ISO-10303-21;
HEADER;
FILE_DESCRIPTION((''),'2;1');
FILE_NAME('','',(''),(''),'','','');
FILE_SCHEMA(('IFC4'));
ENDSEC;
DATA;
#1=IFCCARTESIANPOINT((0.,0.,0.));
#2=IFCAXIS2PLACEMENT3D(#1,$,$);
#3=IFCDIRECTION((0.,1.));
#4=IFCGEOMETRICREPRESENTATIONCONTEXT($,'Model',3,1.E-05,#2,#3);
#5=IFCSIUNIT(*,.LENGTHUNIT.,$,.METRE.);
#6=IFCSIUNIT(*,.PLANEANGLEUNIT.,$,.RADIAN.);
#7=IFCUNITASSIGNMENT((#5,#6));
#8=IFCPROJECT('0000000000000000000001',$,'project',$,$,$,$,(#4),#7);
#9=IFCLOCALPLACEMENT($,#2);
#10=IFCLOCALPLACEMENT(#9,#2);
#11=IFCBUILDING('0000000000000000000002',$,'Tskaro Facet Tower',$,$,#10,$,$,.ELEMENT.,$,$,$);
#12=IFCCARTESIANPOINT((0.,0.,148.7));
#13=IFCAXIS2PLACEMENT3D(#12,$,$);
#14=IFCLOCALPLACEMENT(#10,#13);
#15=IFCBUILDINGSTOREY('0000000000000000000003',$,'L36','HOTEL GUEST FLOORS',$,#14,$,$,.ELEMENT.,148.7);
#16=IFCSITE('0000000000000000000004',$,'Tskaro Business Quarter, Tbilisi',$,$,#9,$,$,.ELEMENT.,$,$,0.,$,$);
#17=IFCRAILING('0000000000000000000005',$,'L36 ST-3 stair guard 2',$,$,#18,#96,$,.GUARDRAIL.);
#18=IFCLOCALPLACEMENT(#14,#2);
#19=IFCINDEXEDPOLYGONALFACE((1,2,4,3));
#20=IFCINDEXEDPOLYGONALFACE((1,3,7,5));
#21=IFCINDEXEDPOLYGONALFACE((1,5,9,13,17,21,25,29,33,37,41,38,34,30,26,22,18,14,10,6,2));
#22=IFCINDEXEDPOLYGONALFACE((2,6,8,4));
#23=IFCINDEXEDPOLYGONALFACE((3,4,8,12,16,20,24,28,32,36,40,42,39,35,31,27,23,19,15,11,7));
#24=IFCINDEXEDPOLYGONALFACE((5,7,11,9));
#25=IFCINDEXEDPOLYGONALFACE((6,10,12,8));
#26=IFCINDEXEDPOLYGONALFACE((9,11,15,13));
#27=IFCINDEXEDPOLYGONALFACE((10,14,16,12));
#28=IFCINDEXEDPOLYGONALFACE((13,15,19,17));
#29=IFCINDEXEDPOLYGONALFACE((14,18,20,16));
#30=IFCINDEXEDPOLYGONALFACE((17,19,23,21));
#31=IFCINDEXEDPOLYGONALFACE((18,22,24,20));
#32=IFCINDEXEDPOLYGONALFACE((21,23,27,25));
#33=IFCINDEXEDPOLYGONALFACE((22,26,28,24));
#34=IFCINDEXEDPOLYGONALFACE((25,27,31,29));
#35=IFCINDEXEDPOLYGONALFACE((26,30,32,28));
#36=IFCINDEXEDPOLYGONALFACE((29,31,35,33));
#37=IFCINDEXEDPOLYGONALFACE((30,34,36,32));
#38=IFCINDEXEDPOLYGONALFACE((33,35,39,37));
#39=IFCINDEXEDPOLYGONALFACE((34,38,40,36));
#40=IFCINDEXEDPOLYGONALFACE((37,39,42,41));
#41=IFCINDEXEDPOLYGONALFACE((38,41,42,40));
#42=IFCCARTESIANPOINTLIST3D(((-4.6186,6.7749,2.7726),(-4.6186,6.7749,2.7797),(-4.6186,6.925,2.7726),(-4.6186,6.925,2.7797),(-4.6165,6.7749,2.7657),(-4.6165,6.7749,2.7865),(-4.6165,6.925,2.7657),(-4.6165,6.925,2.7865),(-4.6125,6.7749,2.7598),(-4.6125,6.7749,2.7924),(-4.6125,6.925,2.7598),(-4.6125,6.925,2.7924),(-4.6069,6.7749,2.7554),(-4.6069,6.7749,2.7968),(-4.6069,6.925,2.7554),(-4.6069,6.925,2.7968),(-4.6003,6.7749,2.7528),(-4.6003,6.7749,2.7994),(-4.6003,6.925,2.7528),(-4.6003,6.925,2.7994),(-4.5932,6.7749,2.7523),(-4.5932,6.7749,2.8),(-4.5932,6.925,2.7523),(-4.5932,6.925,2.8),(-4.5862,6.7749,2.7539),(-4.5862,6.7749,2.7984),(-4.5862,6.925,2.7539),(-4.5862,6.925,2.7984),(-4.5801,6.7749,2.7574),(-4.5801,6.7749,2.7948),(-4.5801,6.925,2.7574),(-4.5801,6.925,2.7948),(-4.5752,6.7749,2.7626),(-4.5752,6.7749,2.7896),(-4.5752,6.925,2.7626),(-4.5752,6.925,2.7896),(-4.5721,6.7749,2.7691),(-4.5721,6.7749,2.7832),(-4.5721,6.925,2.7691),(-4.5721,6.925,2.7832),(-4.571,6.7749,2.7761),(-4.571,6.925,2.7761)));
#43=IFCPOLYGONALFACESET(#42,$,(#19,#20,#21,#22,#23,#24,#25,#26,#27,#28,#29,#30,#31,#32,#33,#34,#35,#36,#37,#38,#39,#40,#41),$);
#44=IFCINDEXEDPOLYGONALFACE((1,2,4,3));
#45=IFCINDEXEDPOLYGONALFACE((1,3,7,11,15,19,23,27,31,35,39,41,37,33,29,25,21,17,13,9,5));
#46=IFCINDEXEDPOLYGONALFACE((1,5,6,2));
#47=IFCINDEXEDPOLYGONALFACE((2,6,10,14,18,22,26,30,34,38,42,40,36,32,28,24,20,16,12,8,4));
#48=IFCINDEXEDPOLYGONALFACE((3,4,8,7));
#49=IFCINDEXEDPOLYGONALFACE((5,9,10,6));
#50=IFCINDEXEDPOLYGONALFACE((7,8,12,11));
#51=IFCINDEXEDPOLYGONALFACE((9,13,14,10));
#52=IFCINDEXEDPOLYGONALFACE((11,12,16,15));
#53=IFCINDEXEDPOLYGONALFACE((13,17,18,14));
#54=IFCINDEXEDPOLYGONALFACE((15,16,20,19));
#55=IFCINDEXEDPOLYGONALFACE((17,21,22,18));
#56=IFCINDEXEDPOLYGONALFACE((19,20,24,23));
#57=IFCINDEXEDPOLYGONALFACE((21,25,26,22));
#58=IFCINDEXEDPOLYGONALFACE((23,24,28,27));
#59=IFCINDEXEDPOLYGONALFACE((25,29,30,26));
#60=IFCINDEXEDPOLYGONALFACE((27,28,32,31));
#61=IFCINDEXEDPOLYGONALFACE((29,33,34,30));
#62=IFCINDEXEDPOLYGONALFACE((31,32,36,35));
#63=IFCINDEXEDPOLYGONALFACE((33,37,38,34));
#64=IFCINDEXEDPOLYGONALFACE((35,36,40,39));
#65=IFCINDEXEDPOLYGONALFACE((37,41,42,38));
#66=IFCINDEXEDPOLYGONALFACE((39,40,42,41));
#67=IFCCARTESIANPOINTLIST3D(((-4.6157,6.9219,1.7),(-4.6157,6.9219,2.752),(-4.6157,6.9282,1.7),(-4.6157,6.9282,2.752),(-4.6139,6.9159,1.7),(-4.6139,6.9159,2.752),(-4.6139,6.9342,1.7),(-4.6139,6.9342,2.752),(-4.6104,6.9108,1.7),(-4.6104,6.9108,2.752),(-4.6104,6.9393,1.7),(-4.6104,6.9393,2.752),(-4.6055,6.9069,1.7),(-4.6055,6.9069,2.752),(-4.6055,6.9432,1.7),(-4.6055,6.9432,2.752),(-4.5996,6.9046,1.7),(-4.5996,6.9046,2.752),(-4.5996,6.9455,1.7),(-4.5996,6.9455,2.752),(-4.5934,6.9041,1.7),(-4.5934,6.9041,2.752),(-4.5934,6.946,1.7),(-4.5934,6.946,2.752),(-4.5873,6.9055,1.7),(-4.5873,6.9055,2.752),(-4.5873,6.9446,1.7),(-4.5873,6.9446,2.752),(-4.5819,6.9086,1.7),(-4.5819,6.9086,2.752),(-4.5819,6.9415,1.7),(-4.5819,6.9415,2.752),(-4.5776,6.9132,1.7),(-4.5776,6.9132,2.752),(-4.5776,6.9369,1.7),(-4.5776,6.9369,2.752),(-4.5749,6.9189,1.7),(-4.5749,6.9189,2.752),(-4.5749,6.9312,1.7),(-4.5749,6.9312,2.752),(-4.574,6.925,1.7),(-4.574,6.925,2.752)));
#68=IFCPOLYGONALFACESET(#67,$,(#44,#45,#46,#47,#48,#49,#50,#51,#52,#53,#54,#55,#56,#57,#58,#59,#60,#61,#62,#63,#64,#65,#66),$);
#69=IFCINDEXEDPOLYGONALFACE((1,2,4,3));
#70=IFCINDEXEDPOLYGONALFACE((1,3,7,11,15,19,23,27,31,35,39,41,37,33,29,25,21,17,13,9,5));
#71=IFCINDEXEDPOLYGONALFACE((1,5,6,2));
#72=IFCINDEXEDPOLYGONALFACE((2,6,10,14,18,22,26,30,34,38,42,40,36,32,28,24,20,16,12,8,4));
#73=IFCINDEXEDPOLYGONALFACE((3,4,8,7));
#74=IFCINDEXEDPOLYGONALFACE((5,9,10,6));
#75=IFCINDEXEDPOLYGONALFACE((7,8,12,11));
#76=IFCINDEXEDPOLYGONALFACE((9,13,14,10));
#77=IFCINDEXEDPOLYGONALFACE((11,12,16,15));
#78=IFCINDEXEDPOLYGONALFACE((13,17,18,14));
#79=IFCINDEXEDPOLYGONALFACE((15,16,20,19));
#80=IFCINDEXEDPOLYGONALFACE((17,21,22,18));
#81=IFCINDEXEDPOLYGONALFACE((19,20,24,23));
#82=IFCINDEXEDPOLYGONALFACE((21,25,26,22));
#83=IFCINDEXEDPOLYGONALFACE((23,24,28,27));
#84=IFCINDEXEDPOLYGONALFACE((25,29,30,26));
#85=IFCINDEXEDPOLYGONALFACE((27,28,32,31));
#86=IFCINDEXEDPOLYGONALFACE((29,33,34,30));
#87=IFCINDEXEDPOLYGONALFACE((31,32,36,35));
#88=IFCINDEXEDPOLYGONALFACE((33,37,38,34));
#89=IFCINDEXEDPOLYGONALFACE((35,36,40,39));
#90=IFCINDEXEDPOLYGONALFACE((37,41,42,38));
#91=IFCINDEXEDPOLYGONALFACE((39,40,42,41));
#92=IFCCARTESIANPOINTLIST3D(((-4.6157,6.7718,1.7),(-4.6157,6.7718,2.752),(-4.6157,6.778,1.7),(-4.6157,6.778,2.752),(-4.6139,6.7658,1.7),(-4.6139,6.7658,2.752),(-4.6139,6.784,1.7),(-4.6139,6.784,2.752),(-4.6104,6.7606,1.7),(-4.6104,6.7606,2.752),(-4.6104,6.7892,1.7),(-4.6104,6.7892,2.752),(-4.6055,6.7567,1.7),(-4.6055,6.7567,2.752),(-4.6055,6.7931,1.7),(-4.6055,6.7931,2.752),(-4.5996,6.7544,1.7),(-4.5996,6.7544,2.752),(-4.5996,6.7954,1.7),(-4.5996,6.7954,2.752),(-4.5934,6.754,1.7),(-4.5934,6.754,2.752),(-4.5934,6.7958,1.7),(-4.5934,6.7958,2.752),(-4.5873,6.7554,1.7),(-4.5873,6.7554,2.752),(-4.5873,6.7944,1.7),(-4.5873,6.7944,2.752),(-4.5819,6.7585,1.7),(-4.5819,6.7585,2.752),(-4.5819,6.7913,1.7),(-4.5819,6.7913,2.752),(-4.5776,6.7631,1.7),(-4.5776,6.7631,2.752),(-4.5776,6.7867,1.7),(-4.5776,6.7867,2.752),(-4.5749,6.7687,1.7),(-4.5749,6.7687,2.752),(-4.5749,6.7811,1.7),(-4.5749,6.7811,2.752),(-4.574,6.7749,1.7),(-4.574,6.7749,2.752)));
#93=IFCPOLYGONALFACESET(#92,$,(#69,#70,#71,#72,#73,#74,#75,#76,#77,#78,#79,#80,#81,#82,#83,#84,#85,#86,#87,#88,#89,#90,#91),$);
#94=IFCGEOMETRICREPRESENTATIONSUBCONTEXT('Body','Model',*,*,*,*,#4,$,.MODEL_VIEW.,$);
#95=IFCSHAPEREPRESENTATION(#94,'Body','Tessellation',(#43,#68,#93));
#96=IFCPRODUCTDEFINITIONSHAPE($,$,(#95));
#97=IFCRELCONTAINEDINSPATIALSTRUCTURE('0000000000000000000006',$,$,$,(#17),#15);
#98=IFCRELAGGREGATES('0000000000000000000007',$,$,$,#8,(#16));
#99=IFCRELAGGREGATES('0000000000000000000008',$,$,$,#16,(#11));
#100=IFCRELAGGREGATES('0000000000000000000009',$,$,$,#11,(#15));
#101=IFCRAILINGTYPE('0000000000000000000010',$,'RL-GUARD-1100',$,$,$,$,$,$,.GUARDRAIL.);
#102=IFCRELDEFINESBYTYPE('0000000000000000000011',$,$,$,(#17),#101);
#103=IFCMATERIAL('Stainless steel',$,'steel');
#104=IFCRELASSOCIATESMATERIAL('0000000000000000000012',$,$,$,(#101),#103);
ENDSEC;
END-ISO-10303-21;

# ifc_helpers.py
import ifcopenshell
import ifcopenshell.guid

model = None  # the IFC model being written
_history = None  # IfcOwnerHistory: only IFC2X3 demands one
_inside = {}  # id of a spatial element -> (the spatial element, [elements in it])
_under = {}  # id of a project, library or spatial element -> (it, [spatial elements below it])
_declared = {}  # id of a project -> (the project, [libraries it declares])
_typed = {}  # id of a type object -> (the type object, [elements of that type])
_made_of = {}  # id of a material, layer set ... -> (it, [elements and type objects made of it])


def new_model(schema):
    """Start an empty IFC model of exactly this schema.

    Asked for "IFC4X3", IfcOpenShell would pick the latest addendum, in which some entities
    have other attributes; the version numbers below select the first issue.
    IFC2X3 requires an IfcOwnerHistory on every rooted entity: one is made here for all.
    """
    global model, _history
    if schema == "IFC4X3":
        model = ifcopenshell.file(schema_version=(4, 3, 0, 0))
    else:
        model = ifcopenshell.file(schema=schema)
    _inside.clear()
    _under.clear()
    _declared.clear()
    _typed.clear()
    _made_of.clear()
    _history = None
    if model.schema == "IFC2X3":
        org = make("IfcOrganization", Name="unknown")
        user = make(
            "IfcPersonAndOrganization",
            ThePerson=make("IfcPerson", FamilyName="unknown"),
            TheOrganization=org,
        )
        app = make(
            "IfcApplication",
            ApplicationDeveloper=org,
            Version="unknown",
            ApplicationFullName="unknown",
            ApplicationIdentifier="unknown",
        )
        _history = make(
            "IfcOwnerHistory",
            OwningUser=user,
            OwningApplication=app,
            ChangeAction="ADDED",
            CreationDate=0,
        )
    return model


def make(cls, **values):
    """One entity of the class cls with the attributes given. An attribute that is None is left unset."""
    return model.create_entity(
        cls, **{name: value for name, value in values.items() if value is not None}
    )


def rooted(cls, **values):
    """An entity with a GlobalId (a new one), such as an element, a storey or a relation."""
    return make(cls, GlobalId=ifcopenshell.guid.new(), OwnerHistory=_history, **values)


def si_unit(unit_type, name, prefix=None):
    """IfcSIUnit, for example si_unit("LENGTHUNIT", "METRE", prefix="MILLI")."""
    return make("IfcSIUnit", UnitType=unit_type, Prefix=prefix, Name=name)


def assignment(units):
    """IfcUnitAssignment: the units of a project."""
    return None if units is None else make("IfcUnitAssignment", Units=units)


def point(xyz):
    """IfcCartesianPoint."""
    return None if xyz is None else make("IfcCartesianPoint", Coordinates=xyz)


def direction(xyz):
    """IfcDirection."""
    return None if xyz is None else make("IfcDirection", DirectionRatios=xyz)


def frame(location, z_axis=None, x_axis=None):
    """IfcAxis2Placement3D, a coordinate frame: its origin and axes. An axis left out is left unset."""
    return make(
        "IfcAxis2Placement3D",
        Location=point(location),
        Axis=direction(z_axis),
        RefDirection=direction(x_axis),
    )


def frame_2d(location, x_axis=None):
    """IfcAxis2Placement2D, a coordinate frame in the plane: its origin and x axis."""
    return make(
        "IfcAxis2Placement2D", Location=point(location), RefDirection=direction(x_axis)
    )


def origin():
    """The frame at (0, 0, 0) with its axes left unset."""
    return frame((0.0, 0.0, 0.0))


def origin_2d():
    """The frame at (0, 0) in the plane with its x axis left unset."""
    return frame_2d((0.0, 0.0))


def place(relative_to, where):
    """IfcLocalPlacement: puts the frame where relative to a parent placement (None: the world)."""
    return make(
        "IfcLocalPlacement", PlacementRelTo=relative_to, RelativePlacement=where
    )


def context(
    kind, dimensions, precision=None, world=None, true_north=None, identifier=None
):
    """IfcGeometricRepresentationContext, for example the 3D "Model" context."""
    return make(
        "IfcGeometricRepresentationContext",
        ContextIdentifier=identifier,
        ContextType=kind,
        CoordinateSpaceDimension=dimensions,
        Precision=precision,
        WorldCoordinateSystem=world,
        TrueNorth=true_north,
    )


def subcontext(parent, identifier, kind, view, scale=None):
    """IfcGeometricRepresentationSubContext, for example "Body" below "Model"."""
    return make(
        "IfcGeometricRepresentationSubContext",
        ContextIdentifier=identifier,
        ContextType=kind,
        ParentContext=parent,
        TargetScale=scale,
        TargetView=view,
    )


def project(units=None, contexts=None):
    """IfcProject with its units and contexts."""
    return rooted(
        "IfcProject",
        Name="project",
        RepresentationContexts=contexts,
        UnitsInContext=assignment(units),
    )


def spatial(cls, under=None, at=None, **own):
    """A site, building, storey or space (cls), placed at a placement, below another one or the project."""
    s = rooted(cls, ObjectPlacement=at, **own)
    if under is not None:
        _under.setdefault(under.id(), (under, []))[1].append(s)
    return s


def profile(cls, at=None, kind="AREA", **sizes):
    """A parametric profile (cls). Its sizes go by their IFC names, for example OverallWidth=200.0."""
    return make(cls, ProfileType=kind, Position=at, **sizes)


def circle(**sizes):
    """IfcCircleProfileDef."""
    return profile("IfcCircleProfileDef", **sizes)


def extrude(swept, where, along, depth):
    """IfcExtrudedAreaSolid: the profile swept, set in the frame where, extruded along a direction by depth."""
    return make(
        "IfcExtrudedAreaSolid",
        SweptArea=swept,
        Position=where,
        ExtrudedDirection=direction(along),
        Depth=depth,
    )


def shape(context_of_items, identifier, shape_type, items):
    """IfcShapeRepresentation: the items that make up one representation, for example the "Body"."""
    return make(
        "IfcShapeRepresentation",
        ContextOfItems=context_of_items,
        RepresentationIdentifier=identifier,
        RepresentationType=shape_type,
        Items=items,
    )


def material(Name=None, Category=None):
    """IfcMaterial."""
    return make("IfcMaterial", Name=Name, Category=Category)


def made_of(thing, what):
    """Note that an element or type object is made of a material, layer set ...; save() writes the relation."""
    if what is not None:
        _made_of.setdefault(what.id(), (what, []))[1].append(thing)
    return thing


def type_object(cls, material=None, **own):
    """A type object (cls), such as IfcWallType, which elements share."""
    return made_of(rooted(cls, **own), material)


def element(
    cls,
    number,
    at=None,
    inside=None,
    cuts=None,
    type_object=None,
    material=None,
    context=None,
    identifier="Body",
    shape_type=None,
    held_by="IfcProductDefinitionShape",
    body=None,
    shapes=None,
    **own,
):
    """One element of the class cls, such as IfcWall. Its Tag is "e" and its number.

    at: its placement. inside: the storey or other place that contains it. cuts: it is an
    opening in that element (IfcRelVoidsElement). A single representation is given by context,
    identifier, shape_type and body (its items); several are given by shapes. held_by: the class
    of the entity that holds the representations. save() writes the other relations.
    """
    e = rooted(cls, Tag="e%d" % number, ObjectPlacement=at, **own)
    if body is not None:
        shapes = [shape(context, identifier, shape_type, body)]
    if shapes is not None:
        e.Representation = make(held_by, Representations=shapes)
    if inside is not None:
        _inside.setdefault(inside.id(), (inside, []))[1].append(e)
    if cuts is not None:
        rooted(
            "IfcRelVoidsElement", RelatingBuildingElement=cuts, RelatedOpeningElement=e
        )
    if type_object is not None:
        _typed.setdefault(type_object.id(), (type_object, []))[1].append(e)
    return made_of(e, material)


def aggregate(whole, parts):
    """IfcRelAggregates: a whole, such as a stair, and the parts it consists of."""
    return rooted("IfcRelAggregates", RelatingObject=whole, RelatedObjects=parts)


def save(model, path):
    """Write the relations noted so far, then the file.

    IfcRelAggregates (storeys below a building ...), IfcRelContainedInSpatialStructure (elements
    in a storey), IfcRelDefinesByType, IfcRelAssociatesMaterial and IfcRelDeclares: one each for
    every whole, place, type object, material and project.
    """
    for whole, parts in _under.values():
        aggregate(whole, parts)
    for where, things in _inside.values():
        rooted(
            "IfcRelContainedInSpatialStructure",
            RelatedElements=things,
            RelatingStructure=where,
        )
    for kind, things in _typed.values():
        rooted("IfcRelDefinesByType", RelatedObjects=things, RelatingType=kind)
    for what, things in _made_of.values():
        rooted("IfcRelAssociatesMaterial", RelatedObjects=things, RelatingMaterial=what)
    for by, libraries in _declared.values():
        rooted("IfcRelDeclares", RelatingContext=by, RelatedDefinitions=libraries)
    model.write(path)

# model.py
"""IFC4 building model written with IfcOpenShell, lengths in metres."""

from ifc_helpers import new_model, si_unit, direction, frame, origin, origin_2d, place, context, subcontext, project, spatial, circle, extrude, material, type_object, element, save


model = new_model("IFC4")

# Units and contexts
model_context = context("Model", 3, precision=1e-05, world=origin(), true_north=direction((0.0, 1.0)))
body_context = subcontext(model_context, "Body", "Model", "MODEL_VIEW")
ifc_project = project(units=[si_unit("LENGTHUNIT", "METRE"), si_unit("PLANEANGLEUNIT", "RADIAN")], contexts=[model_context])

# Site, building, storey
site_placement = place(None, origin())
site = spatial("IfcSite", under=ifc_project, at=site_placement, Name="Tskaro Business Quarter, Tbilisi", CompositionType="ELEMENT", RefElevation=0.0)
building_placement = place(site_placement, origin())
building = spatial("IfcBuilding", under=site, at=building_placement, Name="Tskaro Facet Tower", CompositionType="ELEMENT")
storey_placement = place(building_placement, frame((0.0, 0.0, 148.7)))
storey = spatial("IfcBuildingStorey", under=building, at=storey_placement, Name="L36", Description="HOTEL GUEST FLOORS", CompositionType="ELEMENT", Elevation=148.7)

# Railing
ifc_material_1 = material(Name="Stainless steel", Category="steel")
railing_type_1 = type_object("IfcRailingType", Name="RL-GUARD-1100", PredefinedType="GUARDRAIL", material=ifc_material_1)
railing_1_placement = place(storey_placement, frame((-4.595, 6.925, 1.7)))
element("IfcRailing", 1, at=railing_1_placement, inside=storey, type_object=railing_type_1, Name="L36 ST-3 stair guard 2", PredefinedType="GUARDRAIL", context=body_context, shape_type="SweptSolid", body=[
    extrude(circle(Radius=0.0239, at=origin_2d()), frame((0.0, 0.0, 1.0762), z_axis=(0.0, -1.0, 0.0), x_axis=(1.0, 0.0, 0.0)), (0.0, 0.0, 1.0), 0.1501),
    extrude(circle(Radius=0.021, at=origin_2d()), origin(), (0.0, 0.0, 1.0), 1.052),
    extrude(circle(Radius=0.021, at=origin_2d()), frame((0.0, -0.1501, 0.0)), (0.0, 0.0, 1.0), 1.052),
])

save(model, "model.ifc")
